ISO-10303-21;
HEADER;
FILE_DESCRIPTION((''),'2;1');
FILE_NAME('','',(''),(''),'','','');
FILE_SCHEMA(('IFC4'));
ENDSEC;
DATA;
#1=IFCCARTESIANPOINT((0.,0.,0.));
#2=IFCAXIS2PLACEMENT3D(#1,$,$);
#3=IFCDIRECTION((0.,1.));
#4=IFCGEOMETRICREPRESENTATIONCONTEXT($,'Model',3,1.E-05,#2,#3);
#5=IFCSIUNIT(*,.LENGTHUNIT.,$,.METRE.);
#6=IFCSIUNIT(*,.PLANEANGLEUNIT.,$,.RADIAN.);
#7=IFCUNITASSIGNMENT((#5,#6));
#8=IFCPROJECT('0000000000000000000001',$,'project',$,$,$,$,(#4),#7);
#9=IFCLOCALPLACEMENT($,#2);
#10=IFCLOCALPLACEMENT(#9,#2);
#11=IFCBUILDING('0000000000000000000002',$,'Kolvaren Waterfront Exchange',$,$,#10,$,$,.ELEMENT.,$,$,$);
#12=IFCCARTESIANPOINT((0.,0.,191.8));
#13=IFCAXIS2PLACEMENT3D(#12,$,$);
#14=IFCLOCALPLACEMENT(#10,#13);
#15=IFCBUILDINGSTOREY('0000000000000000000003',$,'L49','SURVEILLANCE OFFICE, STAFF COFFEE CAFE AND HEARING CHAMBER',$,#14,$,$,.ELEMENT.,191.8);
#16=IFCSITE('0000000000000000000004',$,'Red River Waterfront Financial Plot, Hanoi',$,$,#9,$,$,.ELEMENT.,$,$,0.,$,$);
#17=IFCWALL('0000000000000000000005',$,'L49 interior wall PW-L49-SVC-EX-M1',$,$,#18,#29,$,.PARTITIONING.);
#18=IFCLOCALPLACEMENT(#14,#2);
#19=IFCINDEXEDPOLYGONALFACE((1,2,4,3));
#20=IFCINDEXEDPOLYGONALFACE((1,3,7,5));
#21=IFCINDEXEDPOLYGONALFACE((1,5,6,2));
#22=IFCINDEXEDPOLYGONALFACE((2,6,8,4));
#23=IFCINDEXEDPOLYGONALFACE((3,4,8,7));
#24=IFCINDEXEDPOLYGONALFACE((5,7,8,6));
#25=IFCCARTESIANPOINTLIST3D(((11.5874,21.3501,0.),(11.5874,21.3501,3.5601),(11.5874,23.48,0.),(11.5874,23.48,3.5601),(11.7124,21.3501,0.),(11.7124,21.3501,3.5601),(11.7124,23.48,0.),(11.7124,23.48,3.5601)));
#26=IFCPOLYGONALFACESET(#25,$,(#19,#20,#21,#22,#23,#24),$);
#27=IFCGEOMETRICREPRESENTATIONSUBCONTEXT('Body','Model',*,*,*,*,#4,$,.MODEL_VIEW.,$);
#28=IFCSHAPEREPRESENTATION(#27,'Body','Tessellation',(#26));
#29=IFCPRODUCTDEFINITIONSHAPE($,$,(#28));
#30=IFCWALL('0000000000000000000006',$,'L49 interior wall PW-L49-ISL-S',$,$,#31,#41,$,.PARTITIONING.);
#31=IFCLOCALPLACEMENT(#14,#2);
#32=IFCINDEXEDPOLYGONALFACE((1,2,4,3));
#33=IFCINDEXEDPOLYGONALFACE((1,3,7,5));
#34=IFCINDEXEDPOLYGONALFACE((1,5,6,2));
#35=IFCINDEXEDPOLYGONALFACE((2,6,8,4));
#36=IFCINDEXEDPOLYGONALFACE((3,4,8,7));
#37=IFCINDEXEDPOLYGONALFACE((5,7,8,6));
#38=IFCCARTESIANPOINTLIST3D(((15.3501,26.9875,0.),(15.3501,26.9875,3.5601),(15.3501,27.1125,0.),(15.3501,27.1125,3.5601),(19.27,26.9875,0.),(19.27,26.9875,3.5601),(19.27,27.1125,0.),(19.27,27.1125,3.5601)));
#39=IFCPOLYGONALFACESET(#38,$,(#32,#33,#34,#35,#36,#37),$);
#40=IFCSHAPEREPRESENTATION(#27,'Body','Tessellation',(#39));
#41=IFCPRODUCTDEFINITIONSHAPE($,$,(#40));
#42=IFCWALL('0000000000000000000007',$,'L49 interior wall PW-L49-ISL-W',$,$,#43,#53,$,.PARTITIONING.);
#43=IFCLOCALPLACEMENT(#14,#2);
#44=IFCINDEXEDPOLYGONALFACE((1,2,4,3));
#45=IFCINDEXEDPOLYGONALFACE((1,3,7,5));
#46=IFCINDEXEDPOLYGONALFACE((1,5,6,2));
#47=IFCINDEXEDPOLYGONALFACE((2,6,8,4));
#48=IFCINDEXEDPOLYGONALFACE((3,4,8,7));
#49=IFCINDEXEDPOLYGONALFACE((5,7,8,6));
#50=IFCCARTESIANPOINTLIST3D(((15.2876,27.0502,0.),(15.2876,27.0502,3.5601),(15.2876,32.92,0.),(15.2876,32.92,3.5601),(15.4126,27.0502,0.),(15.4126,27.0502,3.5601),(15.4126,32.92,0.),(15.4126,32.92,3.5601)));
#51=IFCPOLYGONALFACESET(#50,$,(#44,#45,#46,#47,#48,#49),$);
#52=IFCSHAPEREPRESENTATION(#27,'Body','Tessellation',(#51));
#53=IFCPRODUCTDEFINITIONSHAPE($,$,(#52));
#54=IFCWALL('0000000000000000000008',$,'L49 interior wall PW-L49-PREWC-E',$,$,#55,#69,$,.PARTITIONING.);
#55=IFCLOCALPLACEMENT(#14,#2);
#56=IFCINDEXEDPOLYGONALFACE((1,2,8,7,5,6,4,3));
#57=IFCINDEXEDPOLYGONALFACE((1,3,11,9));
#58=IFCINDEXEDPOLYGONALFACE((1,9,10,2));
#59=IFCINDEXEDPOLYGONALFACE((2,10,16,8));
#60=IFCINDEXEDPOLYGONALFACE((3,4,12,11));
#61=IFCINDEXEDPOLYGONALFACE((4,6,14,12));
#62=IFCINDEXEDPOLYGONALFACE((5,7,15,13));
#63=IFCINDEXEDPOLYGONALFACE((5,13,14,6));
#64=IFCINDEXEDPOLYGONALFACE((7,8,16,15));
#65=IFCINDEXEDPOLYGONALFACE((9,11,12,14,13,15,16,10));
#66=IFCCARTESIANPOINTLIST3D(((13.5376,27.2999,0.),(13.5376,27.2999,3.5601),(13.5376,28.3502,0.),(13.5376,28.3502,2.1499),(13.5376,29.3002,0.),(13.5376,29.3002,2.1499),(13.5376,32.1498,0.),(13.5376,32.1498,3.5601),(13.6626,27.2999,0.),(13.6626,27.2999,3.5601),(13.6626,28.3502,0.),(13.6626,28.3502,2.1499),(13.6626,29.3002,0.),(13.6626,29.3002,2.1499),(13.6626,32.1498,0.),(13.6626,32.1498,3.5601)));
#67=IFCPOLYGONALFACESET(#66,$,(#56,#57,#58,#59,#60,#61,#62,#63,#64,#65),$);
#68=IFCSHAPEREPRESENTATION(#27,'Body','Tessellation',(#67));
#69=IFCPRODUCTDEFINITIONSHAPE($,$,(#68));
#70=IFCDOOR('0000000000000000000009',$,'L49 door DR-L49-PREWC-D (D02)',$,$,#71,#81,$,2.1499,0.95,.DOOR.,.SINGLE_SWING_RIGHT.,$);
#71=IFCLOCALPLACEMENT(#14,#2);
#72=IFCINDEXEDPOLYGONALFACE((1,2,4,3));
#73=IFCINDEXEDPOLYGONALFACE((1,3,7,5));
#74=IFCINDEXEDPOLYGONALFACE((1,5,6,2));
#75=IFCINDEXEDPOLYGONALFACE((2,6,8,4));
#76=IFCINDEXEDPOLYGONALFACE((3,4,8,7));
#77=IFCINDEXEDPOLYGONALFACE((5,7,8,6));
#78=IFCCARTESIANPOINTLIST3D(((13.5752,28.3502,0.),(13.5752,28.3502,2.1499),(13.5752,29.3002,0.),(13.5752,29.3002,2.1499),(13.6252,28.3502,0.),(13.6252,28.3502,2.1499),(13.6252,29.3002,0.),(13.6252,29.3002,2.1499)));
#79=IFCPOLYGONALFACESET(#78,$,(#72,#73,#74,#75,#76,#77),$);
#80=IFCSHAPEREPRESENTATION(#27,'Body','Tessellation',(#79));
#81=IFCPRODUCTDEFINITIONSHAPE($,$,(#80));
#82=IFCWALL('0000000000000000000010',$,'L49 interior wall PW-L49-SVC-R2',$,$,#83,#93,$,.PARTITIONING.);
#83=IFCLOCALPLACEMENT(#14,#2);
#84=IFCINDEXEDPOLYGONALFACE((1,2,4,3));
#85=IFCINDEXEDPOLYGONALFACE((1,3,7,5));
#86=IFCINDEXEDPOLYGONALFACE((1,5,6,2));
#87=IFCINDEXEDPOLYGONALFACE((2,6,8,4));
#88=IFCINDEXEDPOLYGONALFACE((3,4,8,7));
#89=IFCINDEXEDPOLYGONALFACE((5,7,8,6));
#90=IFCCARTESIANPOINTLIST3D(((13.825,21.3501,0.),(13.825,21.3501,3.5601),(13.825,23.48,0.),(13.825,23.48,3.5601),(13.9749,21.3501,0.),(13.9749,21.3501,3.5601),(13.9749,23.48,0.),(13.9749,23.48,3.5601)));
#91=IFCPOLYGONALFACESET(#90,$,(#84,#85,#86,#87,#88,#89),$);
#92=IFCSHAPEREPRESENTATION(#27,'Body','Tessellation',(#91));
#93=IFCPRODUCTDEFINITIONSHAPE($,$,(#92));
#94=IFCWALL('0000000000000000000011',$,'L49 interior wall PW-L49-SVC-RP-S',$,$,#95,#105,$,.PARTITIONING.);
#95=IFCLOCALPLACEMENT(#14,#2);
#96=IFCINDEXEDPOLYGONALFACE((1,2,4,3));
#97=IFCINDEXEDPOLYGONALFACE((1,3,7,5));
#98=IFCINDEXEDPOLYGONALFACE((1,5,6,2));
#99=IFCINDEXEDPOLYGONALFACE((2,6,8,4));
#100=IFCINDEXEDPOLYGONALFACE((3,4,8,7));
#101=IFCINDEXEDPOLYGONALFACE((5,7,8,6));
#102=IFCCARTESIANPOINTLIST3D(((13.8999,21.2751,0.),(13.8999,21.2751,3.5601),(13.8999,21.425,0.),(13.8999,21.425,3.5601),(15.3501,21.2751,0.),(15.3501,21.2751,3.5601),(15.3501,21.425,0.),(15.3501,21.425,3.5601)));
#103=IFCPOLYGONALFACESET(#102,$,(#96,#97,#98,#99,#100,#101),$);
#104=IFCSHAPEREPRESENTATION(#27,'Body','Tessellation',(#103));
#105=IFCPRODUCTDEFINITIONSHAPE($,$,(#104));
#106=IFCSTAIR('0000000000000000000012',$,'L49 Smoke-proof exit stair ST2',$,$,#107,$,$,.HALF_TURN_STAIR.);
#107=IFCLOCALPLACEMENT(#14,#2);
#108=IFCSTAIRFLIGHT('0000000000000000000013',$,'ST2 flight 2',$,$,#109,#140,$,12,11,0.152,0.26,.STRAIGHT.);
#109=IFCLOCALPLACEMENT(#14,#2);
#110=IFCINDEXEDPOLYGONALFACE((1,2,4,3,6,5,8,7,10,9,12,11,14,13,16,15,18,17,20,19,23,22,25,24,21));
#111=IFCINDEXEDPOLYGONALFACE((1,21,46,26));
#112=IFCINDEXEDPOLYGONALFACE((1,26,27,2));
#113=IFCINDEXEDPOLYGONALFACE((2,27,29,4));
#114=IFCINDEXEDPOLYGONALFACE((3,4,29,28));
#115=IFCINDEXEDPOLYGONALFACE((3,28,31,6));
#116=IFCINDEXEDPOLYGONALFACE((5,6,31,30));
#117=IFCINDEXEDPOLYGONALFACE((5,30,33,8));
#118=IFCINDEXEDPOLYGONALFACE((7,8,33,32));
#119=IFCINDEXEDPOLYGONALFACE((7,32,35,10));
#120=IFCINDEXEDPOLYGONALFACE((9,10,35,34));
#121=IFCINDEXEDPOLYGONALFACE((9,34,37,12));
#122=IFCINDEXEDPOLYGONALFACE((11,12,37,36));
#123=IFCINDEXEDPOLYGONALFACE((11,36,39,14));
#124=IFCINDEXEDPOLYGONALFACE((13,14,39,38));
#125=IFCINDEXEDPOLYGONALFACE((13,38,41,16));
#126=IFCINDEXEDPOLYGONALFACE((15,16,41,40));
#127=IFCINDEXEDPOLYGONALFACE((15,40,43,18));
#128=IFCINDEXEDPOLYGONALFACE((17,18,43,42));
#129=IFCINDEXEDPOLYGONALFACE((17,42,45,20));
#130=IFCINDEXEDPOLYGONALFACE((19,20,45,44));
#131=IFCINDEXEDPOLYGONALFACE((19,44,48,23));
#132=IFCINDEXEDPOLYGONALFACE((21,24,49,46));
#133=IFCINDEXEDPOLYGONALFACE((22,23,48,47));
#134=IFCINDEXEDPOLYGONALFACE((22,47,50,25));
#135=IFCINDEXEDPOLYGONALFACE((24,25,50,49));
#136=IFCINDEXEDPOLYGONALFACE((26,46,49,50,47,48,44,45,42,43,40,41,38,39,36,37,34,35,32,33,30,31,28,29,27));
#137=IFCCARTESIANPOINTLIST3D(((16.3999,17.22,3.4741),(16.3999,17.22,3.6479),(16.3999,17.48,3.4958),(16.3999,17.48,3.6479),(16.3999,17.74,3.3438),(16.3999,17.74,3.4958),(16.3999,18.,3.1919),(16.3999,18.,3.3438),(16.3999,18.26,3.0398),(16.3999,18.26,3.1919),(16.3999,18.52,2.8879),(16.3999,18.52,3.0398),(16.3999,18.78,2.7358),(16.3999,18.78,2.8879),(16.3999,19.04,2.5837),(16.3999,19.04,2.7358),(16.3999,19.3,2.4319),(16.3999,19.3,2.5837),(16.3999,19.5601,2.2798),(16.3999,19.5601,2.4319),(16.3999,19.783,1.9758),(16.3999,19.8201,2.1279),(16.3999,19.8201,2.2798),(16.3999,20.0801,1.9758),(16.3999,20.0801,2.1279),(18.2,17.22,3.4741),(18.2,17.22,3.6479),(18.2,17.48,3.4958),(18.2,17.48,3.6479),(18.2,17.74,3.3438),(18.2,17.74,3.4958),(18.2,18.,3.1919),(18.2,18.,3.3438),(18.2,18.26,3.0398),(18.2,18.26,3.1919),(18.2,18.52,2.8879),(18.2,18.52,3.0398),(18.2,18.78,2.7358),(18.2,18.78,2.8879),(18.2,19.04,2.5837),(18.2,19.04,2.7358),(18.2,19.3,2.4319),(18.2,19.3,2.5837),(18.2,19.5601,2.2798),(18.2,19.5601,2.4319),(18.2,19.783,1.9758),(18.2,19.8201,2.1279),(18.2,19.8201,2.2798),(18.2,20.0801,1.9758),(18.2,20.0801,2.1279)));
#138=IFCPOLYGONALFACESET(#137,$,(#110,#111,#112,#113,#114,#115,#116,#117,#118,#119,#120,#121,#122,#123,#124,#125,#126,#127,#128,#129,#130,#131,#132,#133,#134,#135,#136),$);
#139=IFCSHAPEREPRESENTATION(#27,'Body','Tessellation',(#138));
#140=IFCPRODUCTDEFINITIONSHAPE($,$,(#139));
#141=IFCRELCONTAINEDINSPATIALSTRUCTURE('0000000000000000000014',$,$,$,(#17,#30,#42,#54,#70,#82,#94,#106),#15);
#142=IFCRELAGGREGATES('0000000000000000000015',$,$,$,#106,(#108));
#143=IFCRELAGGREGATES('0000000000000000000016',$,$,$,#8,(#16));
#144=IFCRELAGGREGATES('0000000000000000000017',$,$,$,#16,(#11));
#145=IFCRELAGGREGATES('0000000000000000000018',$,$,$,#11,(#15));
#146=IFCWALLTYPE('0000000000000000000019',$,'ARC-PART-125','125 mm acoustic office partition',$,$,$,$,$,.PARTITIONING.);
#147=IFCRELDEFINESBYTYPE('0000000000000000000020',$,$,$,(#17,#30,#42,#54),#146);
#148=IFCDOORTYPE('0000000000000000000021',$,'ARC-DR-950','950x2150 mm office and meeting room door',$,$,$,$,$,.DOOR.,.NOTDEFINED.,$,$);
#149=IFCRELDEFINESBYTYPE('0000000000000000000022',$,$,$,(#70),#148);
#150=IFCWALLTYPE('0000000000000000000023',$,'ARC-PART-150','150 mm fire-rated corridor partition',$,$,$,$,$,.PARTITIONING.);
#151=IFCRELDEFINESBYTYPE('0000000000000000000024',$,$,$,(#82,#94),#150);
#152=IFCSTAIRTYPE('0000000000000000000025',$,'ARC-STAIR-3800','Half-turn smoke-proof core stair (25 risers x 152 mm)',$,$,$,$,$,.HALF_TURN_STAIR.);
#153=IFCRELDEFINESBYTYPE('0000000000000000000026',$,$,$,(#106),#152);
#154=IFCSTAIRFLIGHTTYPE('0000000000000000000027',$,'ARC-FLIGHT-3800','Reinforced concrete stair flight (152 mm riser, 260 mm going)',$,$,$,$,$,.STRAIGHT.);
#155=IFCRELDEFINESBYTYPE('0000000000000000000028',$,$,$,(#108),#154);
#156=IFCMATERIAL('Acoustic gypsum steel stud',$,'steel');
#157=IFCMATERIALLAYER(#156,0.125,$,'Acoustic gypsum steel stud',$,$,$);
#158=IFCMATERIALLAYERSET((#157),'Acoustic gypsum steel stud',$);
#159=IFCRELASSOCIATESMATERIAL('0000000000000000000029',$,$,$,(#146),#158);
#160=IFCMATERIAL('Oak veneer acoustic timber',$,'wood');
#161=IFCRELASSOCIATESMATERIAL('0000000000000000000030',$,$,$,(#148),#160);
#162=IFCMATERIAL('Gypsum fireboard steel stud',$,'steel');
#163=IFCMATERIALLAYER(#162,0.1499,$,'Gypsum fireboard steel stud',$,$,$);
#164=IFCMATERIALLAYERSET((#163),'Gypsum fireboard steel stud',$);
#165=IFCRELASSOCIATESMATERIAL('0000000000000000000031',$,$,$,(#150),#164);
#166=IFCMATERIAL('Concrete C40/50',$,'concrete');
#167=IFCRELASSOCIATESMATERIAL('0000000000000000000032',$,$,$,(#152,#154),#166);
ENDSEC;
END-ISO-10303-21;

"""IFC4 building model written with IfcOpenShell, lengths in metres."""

from ifc_helpers import new_model, si_unit, direction, frame, frame_2d, origin, place, context, subcontext, project, spatial, polyline, rectangle, outline, extrude, material, layer, layer_set, type_object, element, fill, aggregate, save


model = new_model("IFC4")

# Units and contexts
model_context = context("Model", 3, precision=1e-05, world=origin(), true_north=direction((0.0, 1.0)))
body_context = subcontext(model_context, "Body", "Model", "MODEL_VIEW")
ifc_project = project(units=[si_unit("LENGTHUNIT", "METRE"), si_unit("PLANEANGLEUNIT", "RADIAN")], contexts=[model_context])

# Site, building, storey
site_placement = place(None, origin())
site = spatial("IfcSite", under=ifc_project, at=site_placement, Name="Red River Waterfront Financial Plot, Hanoi", CompositionType="ELEMENT", RefElevation=0.0)
building_placement = place(site_placement, origin())
building = spatial("IfcBuilding", under=site, at=building_placement, Name="Kolvaren Waterfront Exchange", CompositionType="ELEMENT")
storey_placement = place(building_placement, frame((0.0, 0.0, 191.8)))
storey = spatial("IfcBuildingStorey", under=building, at=storey_placement, Name="L49", Description="SURVEILLANCE OFFICE, STAFF COFFEE CAFE AND HEARING CHAMBER", CompositionType="ELEMENT", Elevation=191.8)

# Walls
ifc_material_1 = material(Name="Acoustic gypsum steel stud", Category="steel")
ifc_layer_1 = layer(ifc_material_1, 0.125, Name="Acoustic gypsum steel stud")
ifc_layer_set_1 = layer_set([ifc_layer_1], Name="Acoustic gypsum steel stud")
wall_type_1 = type_object("IfcWallType", Name="ARC-PART-125", Description="125 mm acoustic office partition", PredefinedType="PARTITIONING", material=ifc_layer_set_1)
wall_1_placement = place(storey_placement, frame((11.6499, 21.3501, 0.0), z_axis=(0.0, 0.0, 1.0), x_axis=(0.0, 1.0, 0.0)))
element("IfcWall", 1, at=wall_1_placement, inside=storey, type_object=wall_type_1, Name="L49 interior wall PW-L49-SVC-EX-M1", PredefinedType="PARTITIONING", context=body_context, shape_type="SweptSolid", body=[
    extrude(rectangle(XDim=2.1299, YDim=0.125, at=frame_2d((1.0649, 0.0))), origin(), (0.0, 0.0, 1.0), 3.5601),
])
wall_2_placement = place(storey_placement, frame((15.3501, 27.05, 0.0), z_axis=(0.0, 0.0, 1.0), x_axis=(1.0, 0.0, 0.0)))
element("IfcWall", 2, at=wall_2_placement, inside=storey, type_object=wall_type_1, Name="L49 interior wall PW-L49-ISL-S", PredefinedType="PARTITIONING", context=body_context, shape_type="SweptSolid", body=[
    extrude(rectangle(XDim=3.9199, YDim=0.125, at=frame_2d((1.96, 0.0))), origin(), (0.0, 0.0, 1.0), 3.5601),
])
wall_3_placement = place(storey_placement, frame((15.3501, 27.05, 0.0), z_axis=(0.0, 0.0, 1.0), x_axis=(0.0, 1.0, 0.0)))
element("IfcWall", 3, at=wall_3_placement, inside=storey, type_object=wall_type_1, Name="L49 interior wall PW-L49-ISL-W", PredefinedType="PARTITIONING", context=body_context, shape_type="SweptSolid", body=[
    extrude(rectangle(XDim=5.8699, YDim=0.125, at=frame_2d((2.9351, 0.0))), origin(), (0.0, 0.0, 1.0), 3.5601),
])

# Wall, opening, door
wall_4_placement = place(storey_placement, frame((13.6001, 27.3, 0.0), z_axis=(0.0, 0.0, 1.0), x_axis=(0.0, 1.0, 0.0)))
wall_4 = element("IfcWall", 4, at=wall_4_placement, inside=storey, type_object=wall_type_1, Name="L49 interior wall PW-L49-PREWC-E", PredefinedType="PARTITIONING", context=body_context, shape_type="SweptSolid", body=[
    extrude(rectangle(XDim=4.8499, YDim=0.125, at=frame_2d((2.4248, 0.0))), origin(), (0.0, 0.0, 1.0), 3.5601),
])
opening_placement = place(wall_4_placement, frame((1.05, 0.0, 0.0)))
opening = element("IfcOpeningElement", 5, at=opening_placement, cuts=wall_4, PredefinedType="OPENING", context=body_context, shape_type="SweptSolid", body=[
    extrude(rectangle(XDim=0.95, YDim=2.1499, at=frame_2d((0.4751, 1.075))), frame((0.0, 0.0725, 0.0), z_axis=(0.0, -1.0, 0.0), x_axis=(1.0, 0.0, 0.0)), (0.0, 0.0, 1.0), 0.145),
])
ifc_material_2 = material(Name="Oak veneer acoustic timber", Category="wood")
door_type = type_object("IfcDoorType", Name="ARC-DR-950", Description="950x2150 mm office and meeting room door", OperationType="NOTDEFINED", PredefinedType="DOOR", material=ifc_material_2)
door_placement = place(opening_placement, origin())
door = element("IfcDoor", 6, at=door_placement, inside=storey, type_object=door_type, Name="L49 door DR-L49-PREWC-D (D02)", OperationType="SINGLE_SWING_RIGHT", OverallHeight=2.1499, OverallWidth=0.95, PredefinedType="DOOR", context=body_context, shape_type="SweptSolid", body=[
    extrude(rectangle(XDim=0.95, YDim=2.1499, at=frame_2d((0.4751, 1.075))), frame((0.0, 0.0249, 0.0), z_axis=(0.0, -1.0, 0.0), x_axis=(1.0, 0.0, 0.0)), (0.0, 0.0, 1.0), 0.05),
])
fill(opening, door)

# Walls
ifc_material_3 = material(Name="Gypsum fireboard steel stud", Category="steel")
ifc_layer_2 = layer(ifc_material_3, 0.1499, Name="Gypsum fireboard steel stud")
ifc_layer_set_2 = layer_set([ifc_layer_2], Name="Gypsum fireboard steel stud")
wall_type_2 = type_object("IfcWallType", Name="ARC-PART-150", Description="150 mm fire-rated corridor partition", PredefinedType="PARTITIONING", material=ifc_layer_set_2)
wall_5_placement = place(storey_placement, frame((13.8999, 21.3501, 0.0), z_axis=(0.0, 0.0, 1.0), x_axis=(0.0, 1.0, 0.0)))
element("IfcWall", 7, at=wall_5_placement, inside=storey, type_object=wall_type_2, Name="L49 interior wall PW-L49-SVC-R2", PredefinedType="PARTITIONING", context=body_context, shape_type="SweptSolid", body=[
    extrude(rectangle(XDim=2.1299, YDim=0.1499, at=frame_2d((1.0649, 0.0))), origin(), (0.0, 0.0, 1.0), 3.5601),
])
wall_6_placement = place(storey_placement, frame((13.8999, 21.3501, 0.0), z_axis=(0.0, 0.0, 1.0), x_axis=(1.0, 0.0, 0.0)))
element("IfcWall", 8, at=wall_6_placement, inside=storey, type_object=wall_type_2, Name="L49 interior wall PW-L49-SVC-RP-S", PredefinedType="PARTITIONING", context=body_context, shape_type="SweptSolid", body=[
    extrude(rectangle(XDim=1.4502, YDim=0.1499, at=frame_2d((0.7251, 0.0))), origin(), (0.0, 0.0, 1.0), 3.5601),
])

# Stair, stair flight
ifc_material_4 = material(Name="Concrete C40/50", Category="concrete")
stair_type = type_object("IfcStairType", Name="ARC-STAIR-3800", Description="Half-turn smoke-proof core stair (25 risers x 152 mm)", PredefinedType="HALF_TURN_STAIR", material=ifc_material_4)
stair_placement = place(storey_placement, origin())
stair = element("IfcStair", 9, at=stair_placement, inside=storey, type_object=stair_type, Name="L49 Smoke-proof exit stair ST2", PredefinedType="HALF_TURN_STAIR")
stair_flight_type = type_object("IfcStairFlightType", Name="ARC-FLIGHT-3800", Description="Reinforced concrete stair flight (152 mm riser, 260 mm going)", PredefinedType="STRAIGHT", material=ifc_material_4)
stair_flight_placement = place(storey_placement, frame((17.3, 20.0801, 1.9758), z_axis=(0.0, 0.0, 1.0), x_axis=(0.0, -1.0, 0.0)))
stair_flight = element("IfcStairFlight", 10, at=stair_flight_placement, type_object=stair_flight_type, Name="ST2 flight 2", NumberOfRisers=12, NumberOfTreads=11, PredefinedType="STRAIGHT", RiserHeight=0.152, TreadLength=0.26, context=body_context, shape_type="SweptSolid", body=[
    extrude(outline(polyline([(0.0, 0.0), (0.0, 0.1521), (0.26, 0.1521), (0.26, 0.304), (0.52, 0.304), (0.52, 0.4561), (0.78, 0.4561), (0.78, 0.6079), (1.04, 0.6079), (1.04, 0.76), (1.3, 0.76), (1.3, 0.9121), (1.5601, 0.9121), (1.5601, 1.064), (1.8201, 1.064), (1.8201, 1.2161), (2.0801, 1.2161), (2.0801, 1.3679), (2.3401, 1.3679), (2.3401, 1.52), (2.6001, 1.52), (2.6001, 1.6721), (2.8601, 1.6721), (2.8601, 1.824), (2.8601, 1.4983), (0.2971, 0.0), (0.0, 0.0)])), frame((0.0, 0.8999, 0.0), z_axis=(0.0, -1.0, 0.0), x_axis=(1.0, 0.0, 0.0)), (0.0, 0.0, 1.0), 1.8),
])
aggregate(stair, [stair_flight])

save(model, "model.ifc")
